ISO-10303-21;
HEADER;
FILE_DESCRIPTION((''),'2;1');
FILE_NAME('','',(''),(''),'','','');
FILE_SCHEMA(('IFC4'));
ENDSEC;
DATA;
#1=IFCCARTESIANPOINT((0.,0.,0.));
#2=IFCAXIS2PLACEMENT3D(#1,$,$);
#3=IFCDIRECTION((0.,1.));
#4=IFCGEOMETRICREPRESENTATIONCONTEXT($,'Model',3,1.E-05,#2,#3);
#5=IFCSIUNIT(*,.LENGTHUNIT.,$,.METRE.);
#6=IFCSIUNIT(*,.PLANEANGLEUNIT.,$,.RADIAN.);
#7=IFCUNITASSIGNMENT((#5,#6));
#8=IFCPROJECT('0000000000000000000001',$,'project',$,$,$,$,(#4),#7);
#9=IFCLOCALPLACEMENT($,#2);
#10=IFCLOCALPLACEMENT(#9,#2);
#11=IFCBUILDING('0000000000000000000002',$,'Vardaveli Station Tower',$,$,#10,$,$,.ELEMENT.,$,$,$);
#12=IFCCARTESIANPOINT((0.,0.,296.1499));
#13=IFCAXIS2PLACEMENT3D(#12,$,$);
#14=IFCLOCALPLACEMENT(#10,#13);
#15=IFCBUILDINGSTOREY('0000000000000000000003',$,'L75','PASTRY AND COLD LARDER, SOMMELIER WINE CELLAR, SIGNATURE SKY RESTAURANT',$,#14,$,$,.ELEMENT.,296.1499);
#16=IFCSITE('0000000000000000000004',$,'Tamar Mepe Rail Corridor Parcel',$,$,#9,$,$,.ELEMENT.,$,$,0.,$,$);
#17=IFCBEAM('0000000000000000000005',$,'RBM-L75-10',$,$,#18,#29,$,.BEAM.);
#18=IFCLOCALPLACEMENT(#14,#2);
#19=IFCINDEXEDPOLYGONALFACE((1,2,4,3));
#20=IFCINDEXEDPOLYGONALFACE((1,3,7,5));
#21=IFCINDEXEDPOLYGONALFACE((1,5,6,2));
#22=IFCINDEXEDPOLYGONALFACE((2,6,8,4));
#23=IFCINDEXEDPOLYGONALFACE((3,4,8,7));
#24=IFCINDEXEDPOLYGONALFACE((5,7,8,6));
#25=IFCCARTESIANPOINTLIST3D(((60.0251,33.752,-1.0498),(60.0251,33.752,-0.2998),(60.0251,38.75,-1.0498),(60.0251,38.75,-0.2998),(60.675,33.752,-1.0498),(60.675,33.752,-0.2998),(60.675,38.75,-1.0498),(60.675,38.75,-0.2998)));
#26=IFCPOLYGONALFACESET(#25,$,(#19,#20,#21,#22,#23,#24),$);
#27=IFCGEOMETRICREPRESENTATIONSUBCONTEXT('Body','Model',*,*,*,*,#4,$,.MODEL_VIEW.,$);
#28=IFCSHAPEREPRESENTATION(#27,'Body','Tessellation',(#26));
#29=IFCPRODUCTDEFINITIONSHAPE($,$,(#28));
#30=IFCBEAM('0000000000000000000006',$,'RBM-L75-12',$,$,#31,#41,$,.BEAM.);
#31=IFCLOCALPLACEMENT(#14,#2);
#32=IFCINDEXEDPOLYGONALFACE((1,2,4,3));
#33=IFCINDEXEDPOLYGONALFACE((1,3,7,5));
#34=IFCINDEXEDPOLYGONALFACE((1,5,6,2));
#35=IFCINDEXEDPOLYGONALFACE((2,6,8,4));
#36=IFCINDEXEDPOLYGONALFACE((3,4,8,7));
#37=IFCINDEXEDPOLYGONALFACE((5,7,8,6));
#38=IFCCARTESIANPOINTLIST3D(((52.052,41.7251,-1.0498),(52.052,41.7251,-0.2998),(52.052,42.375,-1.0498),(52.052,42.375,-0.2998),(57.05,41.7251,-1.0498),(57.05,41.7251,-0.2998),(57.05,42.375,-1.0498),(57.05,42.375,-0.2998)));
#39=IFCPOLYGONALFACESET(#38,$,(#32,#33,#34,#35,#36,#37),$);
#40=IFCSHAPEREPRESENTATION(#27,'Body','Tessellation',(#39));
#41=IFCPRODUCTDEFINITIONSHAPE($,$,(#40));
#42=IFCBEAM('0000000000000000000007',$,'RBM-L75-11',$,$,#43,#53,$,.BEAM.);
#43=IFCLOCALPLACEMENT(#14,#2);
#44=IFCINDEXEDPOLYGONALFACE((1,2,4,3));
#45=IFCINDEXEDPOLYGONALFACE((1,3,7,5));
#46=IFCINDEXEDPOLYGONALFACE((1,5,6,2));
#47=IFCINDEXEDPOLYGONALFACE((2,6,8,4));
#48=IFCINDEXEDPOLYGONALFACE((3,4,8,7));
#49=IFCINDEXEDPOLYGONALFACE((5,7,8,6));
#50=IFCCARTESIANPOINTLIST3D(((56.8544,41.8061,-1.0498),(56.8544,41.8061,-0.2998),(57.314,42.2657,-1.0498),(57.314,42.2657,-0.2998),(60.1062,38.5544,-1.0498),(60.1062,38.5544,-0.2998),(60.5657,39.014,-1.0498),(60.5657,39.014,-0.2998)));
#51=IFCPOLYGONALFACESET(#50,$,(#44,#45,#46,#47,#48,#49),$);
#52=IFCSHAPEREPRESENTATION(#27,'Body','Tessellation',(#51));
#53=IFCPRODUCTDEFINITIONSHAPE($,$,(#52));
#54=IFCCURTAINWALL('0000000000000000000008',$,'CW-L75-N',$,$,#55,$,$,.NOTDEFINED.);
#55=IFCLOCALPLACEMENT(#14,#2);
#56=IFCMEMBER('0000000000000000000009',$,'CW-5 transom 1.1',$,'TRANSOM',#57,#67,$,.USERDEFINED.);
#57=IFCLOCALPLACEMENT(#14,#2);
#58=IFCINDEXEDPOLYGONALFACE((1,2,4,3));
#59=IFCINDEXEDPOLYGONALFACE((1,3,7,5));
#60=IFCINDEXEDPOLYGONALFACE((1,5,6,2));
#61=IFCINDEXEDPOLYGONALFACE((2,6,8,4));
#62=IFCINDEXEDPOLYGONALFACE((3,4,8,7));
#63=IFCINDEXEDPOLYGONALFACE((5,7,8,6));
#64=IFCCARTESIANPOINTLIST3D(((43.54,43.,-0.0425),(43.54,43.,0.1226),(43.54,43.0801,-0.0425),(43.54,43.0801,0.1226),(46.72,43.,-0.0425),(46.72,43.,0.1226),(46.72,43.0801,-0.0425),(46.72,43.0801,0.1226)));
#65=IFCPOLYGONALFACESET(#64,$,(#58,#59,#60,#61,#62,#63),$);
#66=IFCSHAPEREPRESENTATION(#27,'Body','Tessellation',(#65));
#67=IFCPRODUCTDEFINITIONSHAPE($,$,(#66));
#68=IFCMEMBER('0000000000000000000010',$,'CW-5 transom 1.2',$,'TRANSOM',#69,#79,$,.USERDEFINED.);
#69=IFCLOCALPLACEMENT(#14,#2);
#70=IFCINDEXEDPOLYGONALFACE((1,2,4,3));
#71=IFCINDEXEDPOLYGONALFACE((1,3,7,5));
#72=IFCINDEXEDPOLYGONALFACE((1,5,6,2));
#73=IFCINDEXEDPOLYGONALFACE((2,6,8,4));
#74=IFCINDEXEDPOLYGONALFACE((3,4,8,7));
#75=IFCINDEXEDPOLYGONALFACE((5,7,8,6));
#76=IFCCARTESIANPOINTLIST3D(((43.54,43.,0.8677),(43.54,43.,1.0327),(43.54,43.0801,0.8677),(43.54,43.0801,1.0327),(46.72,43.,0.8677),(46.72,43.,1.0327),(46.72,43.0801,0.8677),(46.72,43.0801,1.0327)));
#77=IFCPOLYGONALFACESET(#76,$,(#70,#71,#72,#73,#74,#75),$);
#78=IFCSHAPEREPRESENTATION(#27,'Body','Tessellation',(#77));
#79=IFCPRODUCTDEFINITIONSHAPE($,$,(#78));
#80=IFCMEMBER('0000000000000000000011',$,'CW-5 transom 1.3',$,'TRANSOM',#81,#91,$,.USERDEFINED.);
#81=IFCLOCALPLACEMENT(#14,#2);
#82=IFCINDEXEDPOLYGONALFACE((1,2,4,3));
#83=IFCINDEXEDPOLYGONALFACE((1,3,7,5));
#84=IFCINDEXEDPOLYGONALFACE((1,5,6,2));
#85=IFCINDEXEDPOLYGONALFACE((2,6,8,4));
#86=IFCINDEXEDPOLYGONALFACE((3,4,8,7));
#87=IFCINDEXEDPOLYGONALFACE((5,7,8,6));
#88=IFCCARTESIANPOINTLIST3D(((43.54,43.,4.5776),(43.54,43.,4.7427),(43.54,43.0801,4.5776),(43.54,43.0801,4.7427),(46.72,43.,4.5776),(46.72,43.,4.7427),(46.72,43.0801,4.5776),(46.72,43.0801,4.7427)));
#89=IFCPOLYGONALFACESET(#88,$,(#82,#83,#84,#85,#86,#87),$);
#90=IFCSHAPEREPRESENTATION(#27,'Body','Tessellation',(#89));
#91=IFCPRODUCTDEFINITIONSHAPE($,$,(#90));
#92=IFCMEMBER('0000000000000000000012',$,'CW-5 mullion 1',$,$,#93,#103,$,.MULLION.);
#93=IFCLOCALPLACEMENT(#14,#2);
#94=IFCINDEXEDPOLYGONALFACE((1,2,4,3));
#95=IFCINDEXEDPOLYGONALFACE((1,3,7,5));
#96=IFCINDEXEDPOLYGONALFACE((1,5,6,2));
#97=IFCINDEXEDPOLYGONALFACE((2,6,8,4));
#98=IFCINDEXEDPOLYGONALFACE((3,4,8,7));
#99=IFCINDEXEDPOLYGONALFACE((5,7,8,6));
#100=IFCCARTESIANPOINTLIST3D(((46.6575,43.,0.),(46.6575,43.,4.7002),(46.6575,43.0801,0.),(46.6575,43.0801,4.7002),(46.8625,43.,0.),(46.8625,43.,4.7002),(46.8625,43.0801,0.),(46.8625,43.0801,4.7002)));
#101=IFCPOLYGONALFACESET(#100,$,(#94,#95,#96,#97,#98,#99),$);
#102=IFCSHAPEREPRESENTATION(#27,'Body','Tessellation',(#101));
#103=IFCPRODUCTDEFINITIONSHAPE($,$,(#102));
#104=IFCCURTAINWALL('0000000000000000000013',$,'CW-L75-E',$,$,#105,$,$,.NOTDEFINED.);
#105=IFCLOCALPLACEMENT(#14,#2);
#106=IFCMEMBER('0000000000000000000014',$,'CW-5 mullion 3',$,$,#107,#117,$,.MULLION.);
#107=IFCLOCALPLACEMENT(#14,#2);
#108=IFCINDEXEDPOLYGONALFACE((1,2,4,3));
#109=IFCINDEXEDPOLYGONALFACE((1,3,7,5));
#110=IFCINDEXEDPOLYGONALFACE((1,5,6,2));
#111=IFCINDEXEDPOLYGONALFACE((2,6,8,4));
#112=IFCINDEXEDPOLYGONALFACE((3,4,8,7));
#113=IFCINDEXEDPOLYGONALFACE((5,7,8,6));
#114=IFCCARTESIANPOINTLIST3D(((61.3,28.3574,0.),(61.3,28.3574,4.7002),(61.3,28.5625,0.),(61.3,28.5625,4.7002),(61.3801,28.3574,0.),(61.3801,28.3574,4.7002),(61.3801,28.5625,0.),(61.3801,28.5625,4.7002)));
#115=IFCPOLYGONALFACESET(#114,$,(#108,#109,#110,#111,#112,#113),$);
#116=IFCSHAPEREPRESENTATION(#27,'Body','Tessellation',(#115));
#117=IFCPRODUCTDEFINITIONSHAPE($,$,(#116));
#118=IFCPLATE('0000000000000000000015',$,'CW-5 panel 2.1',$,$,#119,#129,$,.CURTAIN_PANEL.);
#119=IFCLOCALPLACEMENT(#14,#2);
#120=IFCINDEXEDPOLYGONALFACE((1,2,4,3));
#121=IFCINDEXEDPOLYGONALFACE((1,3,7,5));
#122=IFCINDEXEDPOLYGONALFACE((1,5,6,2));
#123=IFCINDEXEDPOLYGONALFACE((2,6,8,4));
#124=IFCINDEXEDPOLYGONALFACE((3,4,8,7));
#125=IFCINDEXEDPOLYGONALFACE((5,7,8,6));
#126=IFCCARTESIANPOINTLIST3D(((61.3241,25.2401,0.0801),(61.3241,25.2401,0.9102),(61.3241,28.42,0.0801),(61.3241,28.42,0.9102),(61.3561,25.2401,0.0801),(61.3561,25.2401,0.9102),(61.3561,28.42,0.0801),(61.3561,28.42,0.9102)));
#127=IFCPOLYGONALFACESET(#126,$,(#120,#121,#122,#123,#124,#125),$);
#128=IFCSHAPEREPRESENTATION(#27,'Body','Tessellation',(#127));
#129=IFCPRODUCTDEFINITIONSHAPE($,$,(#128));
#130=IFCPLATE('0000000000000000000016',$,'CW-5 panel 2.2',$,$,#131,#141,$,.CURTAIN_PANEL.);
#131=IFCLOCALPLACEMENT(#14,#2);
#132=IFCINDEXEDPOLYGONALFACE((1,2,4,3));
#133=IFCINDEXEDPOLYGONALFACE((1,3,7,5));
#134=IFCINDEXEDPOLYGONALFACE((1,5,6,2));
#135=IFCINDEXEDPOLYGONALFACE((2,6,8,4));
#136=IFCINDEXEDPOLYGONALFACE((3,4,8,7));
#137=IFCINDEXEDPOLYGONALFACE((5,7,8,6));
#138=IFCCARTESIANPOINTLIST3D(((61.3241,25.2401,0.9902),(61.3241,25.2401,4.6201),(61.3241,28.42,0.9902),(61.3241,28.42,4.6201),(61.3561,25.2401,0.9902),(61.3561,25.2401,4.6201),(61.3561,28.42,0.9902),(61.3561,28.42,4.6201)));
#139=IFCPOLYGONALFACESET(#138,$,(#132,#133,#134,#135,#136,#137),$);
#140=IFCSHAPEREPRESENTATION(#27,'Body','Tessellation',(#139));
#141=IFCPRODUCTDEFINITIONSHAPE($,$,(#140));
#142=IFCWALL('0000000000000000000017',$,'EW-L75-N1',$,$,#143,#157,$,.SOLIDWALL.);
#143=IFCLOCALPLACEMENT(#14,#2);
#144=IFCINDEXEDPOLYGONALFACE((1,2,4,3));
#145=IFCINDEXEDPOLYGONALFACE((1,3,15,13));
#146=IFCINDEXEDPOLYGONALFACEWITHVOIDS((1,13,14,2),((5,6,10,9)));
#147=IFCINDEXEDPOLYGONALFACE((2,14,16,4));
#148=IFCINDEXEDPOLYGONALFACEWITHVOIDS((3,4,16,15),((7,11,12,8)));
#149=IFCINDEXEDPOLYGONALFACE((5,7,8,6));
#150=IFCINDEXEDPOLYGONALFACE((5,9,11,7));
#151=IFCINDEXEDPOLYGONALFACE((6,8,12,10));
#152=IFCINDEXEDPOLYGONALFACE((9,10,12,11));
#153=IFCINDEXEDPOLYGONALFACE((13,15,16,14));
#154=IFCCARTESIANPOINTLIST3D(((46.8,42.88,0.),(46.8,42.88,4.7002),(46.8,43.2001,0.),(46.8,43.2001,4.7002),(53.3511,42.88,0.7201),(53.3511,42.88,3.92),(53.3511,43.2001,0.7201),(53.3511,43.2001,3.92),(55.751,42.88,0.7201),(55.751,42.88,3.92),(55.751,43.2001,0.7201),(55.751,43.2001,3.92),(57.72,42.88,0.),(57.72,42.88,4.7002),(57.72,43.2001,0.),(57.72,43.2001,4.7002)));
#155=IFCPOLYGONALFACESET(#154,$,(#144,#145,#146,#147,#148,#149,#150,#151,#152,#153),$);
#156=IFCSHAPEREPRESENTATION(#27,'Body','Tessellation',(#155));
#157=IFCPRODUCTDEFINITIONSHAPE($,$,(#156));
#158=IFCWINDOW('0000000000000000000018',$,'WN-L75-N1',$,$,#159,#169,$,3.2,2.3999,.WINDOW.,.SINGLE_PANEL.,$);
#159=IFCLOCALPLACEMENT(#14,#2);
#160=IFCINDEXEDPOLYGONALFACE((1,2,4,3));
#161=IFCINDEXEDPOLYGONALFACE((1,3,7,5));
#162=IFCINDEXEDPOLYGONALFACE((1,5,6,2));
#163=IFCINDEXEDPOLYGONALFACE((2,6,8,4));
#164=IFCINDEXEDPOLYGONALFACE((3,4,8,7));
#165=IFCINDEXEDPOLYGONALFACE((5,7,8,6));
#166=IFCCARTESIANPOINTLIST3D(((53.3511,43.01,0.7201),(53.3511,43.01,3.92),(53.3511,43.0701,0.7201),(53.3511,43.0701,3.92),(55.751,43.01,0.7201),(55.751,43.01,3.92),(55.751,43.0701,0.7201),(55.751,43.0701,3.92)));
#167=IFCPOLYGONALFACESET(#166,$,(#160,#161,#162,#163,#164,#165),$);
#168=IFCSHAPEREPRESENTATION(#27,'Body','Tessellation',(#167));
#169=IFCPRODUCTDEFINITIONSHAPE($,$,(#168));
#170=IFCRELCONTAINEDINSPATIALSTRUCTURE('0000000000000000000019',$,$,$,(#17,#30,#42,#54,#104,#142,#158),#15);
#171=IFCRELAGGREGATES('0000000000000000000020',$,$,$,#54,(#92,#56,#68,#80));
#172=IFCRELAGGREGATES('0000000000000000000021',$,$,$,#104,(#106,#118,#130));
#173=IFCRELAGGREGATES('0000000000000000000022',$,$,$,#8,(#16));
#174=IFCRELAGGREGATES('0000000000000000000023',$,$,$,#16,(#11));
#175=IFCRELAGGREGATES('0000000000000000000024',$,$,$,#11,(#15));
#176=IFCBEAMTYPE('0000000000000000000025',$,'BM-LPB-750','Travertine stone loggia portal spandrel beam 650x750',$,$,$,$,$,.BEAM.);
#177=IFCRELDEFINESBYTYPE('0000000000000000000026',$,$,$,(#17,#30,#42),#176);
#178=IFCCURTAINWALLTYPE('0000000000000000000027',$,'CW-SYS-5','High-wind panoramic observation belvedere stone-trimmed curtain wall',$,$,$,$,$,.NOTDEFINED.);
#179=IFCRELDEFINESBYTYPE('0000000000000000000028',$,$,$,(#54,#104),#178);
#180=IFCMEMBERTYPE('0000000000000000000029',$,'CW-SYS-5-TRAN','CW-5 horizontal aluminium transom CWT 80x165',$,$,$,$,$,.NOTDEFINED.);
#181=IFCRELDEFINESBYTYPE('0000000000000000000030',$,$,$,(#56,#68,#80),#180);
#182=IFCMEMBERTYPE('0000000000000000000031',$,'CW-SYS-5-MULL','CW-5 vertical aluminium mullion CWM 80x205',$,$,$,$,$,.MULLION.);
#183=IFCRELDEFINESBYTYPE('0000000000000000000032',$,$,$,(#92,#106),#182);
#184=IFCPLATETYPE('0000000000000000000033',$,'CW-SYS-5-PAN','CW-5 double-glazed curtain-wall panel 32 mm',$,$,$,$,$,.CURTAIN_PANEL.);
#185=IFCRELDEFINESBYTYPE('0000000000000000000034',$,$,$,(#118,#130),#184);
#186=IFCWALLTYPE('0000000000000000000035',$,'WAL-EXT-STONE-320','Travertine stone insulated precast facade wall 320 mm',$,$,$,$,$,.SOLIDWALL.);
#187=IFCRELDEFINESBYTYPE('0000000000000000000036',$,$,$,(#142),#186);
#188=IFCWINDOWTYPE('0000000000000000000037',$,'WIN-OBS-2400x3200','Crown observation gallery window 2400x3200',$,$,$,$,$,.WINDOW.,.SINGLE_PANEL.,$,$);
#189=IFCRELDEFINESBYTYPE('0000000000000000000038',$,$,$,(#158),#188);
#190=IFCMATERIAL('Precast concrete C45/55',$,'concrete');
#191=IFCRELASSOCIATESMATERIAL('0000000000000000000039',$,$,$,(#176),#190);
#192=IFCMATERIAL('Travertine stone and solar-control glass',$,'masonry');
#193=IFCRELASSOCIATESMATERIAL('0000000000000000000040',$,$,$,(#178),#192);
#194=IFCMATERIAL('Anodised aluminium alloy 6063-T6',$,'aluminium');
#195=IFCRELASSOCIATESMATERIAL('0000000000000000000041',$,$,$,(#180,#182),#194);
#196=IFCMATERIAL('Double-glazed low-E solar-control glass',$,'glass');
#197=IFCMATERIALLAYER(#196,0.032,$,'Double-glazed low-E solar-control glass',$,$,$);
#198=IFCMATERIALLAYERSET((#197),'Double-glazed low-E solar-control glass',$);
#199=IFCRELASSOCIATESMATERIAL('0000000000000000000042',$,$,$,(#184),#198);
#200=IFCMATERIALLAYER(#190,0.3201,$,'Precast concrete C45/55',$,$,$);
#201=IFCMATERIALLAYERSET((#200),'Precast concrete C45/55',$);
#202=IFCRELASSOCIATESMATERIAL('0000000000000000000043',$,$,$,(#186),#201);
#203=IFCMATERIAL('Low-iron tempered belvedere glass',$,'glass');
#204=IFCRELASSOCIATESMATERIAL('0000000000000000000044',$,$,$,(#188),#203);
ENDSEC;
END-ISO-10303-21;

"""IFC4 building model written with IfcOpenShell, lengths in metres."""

from ifc_helpers import new_model, si_unit, direction, frame, frame_2d, origin, origin_2d, place, context, subcontext, project, spatial, rectangle, extrude, source, transform, mapped, material, layer, layer_set, material_profile, profile_set, type_object, element, fill, aggregate, save


model = new_model("IFC4")

# Units and contexts
model_context = context("Model", 3, precision=1e-05, world=origin(), true_north=direction((0.0, 1.0)))
body_context = subcontext(model_context, "Body", "Model", "MODEL_VIEW")
ifc_project = project(units=[si_unit("LENGTHUNIT", "METRE"), si_unit("PLANEANGLEUNIT", "RADIAN")], contexts=[model_context])

# Site, building, storey
site_placement = place(None, origin())
site = spatial("IfcSite", under=ifc_project, at=site_placement, Name="Tamar Mepe Rail Corridor Parcel", CompositionType="ELEMENT", RefElevation=0.0)
building_placement = place(site_placement, origin())
building = spatial("IfcBuilding", under=site, at=building_placement, Name="Vardaveli Station Tower", CompositionType="ELEMENT")
storey_placement = place(building_placement, frame((0.0, 0.0, 296.1499)))
storey = spatial("IfcBuildingStorey", under=building, at=storey_placement, Name="L75", Description="PASTRY AND COLD LARDER, SOMMELIER WINE CELLAR, SIGNATURE SKY RESTAURANT", CompositionType="ELEMENT", Elevation=296.1499)

# Beams
ifc_material_1 = material(Name="Precast concrete C45/55", Category="concrete")
ifc_material_profile_1 = material_profile(ifc_material_1, rectangle(XDim=0.6499, YDim=0.75, at=origin_2d()), Name="LPB 650x750")
ifc_profile_set_1 = profile_set([ifc_material_profile_1], Name="Precast concrete C45/55")
beam_type = type_object("IfcBeamType", Name="BM-LPB-750", Description="Travertine stone loggia portal spandrel beam 650x750", PredefinedType="BEAM", material=ifc_profile_set_1)
shared_shape_1 = source(origin(), body_context, "Body", "SweptSolid", [
    extrude(rectangle(XDim=0.6499, YDim=0.75, at=origin_2d()), origin(), (0.0, 0.0, 1.0), 4.998),
])
for number, where, z_axis, x_axis, name in (
    (1, (60.3501, 33.752, -0.6748), (0.0, 1.0, 0.0), (-1.0, 0.0, 0.0), "RBM-L75-10"),
    (2, (57.05, 42.05, -0.6748), (-1.0, 0.0, 0.0), (0.0, -1.0, 0.0), "RBM-L75-12"),
):
    element("IfcBeam", number, at=place(storey_placement, frame(where, z_axis=z_axis, x_axis=x_axis)), inside=storey, type_object=beam_type, Name=name, PredefinedType="BEAM", context=body_context, shape_type="MappedRepresentation", body=[
        mapped(shared_shape_1, transform((0.0, 0.0, 0.0), scale=1.0)),
    ])
shared_shape_2 = source(origin(), body_context, "Body", "SweptSolid", [
    extrude(rectangle(XDim=0.6499, YDim=0.75, at=origin_2d()), origin(), (0.0, 0.0, 1.0), 4.5986),
])
beam_1_placement = place(storey_placement, frame((60.3359, 38.7842, -0.6748), z_axis=(-0.707107, 0.707107, 0.0), x_axis=(-0.707107, -0.707107, 0.0)))
element("IfcBeam", 3, at=beam_1_placement, inside=storey, type_object=beam_type, Name="RBM-L75-11", PredefinedType="BEAM", context=body_context, shape_type="MappedRepresentation", body=[
    mapped(shared_shape_2, transform((0.0, 0.0, 0.0), scale=1.0)),
])

# Curtain wall, members
ifc_material_2 = material(Name="Travertine stone and solar-control glass", Category="masonry")
curtain_wall_type = type_object("IfcCurtainWallType", Name="CW-SYS-5", Description="High-wind panoramic observation belvedere stone-trimmed curtain wall", PredefinedType="NOTDEFINED", material=ifc_material_2)
curtain_wall_1_placement = place(storey_placement, origin())
curtain_wall_1 = element("IfcCurtainWall", 4, at=curtain_wall_1_placement, inside=storey, type_object=curtain_wall_type, Name="CW-L75-N", PredefinedType="NOTDEFINED")
ifc_material_3 = material(Name="Anodised aluminium alloy 6063-T6", Category="aluminium")
ifc_material_profile_2 = material_profile(ifc_material_3, rectangle(XDim=0.0801, YDim=0.165, at=origin_2d()), Name="CWT 80x165")
ifc_profile_set_2 = profile_set([ifc_material_profile_2], Name="Anodised aluminium alloy 6063-T6")
member_type_1 = type_object("IfcMemberType", Name="CW-SYS-5-TRAN", Description="CW-5 horizontal aluminium transom CWT 80x165", PredefinedType="NOTDEFINED", material=ifc_profile_set_2)
shared_shape_3 = source(origin(), body_context, "Body", "SweptSolid", [
    extrude(rectangle(XDim=0.0801, YDim=0.165, at=origin_2d()), origin(), (0.0, 0.0, 1.0), 3.1799),
])
member_1_placement = place(storey_placement, frame((46.72, 43.04, 0.04), z_axis=(-1.0, 0.0, 0.0), x_axis=(0.0, -1.0, 0.0)))
member_1 = element("IfcMember", 5, at=member_1_placement, type_object=member_type_1, Name="CW-5 transom 1.1", ObjectType="TRANSOM", PredefinedType="USERDEFINED", context=body_context, shape_type="MappedRepresentation", body=[
    mapped(shared_shape_3, transform((0.0, 0.0, 0.0), scale=1.0)),
])
member_2_placement = place(storey_placement, frame((46.72, 43.04, 0.9502), z_axis=(-1.0, 0.0, 0.0), x_axis=(0.0, -1.0, 0.0)))
member_2 = element("IfcMember", 6, at=member_2_placement, type_object=member_type_1, Name="CW-5 transom 1.2", ObjectType="TRANSOM", PredefinedType="USERDEFINED", context=body_context, shape_type="MappedRepresentation", body=[
    mapped(shared_shape_3, transform((0.0, 0.0, 0.0), scale=1.0)),
])
member_3_placement = place(storey_placement, frame((46.72, 43.04, 4.6602), z_axis=(-1.0, 0.0, 0.0), x_axis=(0.0, -1.0, 0.0)))
member_3 = element("IfcMember", 7, at=member_3_placement, type_object=member_type_1, Name="CW-5 transom 1.3", ObjectType="TRANSOM", PredefinedType="USERDEFINED", context=body_context, shape_type="MappedRepresentation", body=[
    mapped(shared_shape_3, transform((0.0, 0.0, 0.0), scale=1.0)),
])
ifc_material_profile_3 = material_profile(ifc_material_3, rectangle(XDim=0.0801, YDim=0.2051, at=origin_2d()), Name="CWM 80x205")
ifc_profile_set_3 = profile_set([ifc_material_profile_3], Name="Anodised aluminium alloy 6063-T6")
member_type_2 = type_object("IfcMemberType", Name="CW-SYS-5-MULL", Description="CW-5 vertical aluminium mullion CWM 80x205", PredefinedType="MULLION", material=ifc_profile_set_3)
shared_shape_4 = source(origin(), body_context, "Body", "SweptSolid", [
    extrude(rectangle(XDim=0.0801, YDim=0.2051, at=origin_2d()), origin(), (0.0, 0.0, 1.0), 4.7002),
])
member_4_placement = place(storey_placement, frame((46.76, 43.04, 0.0), z_axis=(0.0, 0.0, 1.0), x_axis=(0.0, -1.0, 0.0)))
member_4 = element("IfcMember", 8, at=member_4_placement, type_object=member_type_2, Name="CW-5 mullion 1", PredefinedType="MULLION", context=body_context, shape_type="MappedRepresentation", body=[
    mapped(shared_shape_4, transform((0.0, 0.0, 0.0), scale=1.0)),
])
aggregate(curtain_wall_1, [member_4, member_1, member_2, member_3])

# Curtain wall, member, plates
curtain_wall_2_placement = place(storey_placement, origin())
curtain_wall_2 = element("IfcCurtainWall", 9, at=curtain_wall_2_placement, inside=storey, type_object=curtain_wall_type, Name="CW-L75-E", PredefinedType="NOTDEFINED")
member_5_placement = place(storey_placement, frame((61.3401, 28.46, 0.0), z_axis=(0.0, 0.0, 1.0), x_axis=(-1.0, 0.0, 0.0)))
member_5 = element("IfcMember", 10, at=member_5_placement, type_object=member_type_2, Name="CW-5 mullion 3", PredefinedType="MULLION", context=body_context, shape_type="MappedRepresentation", body=[
    mapped(shared_shape_4, transform((0.0, 0.0, 0.0), scale=1.0)),
])
ifc_material_4 = material(Name="Double-glazed low-E solar-control glass", Category="glass")
ifc_layer_1 = layer(ifc_material_4, 0.032, Name="Double-glazed low-E solar-control glass")
ifc_layer_set_1 = layer_set([ifc_layer_1], Name="Double-glazed low-E solar-control glass")
plate_type = type_object("IfcPlateType", Name="CW-SYS-5-PAN", Description="CW-5 double-glazed curtain-wall panel 32 mm", PredefinedType="CURTAIN_PANEL", material=ifc_layer_set_1)
shared_shape_5 = source(origin(), body_context, "Body", "SweptSolid", [
    extrude(rectangle(XDim=3.1799, YDim=0.032, at=origin_2d()), origin(), (0.0, 0.0, 1.0), 0.8301),
])
plate_1_placement = place(storey_placement, frame((61.3401, 26.8301, 0.0801), z_axis=(0.0, 0.0, 1.0), x_axis=(0.0, 1.0, 0.0)))
plate_1 = element("IfcPlate", 11, at=plate_1_placement, type_object=plate_type, Name="CW-5 panel 2.1", PredefinedType="CURTAIN_PANEL", context=body_context, shape_type="MappedRepresentation", body=[
    mapped(shared_shape_5, transform((0.0, 0.0, 0.0), scale=1.0)),
])
shared_shape_6 = source(origin(), body_context, "Body", "SweptSolid", [
    extrude(rectangle(XDim=3.1799, YDim=0.032, at=origin_2d()), origin(), (0.0, 0.0, 1.0), 3.6299),
])
plate_2_placement = place(storey_placement, frame((61.3401, 26.8301, 0.9902), z_axis=(0.0, 0.0, 1.0), x_axis=(0.0, 1.0, 0.0)))
plate_2 = element("IfcPlate", 12, at=plate_2_placement, type_object=plate_type, Name="CW-5 panel 2.2", PredefinedType="CURTAIN_PANEL", context=body_context, shape_type="MappedRepresentation", body=[
    mapped(shared_shape_6, transform((0.0, 0.0, 0.0), scale=1.0)),
])
aggregate(curtain_wall_2, [member_5, plate_1, plate_2])

# Wall, opening, window
ifc_layer_2 = layer(ifc_material_1, 0.3201, Name="Precast concrete C45/55")
ifc_layer_set_2 = layer_set([ifc_layer_2], Name="Precast concrete C45/55")
wall_type_1 = type_object("IfcWallType", Name="WAL-EXT-STONE-320", Description="Travertine stone insulated precast facade wall 320 mm", PredefinedType="SOLIDWALL", material=ifc_layer_set_2)
shared_shape_7 = source(origin(), body_context, "Body", "SweptSolid", [
    extrude(rectangle(XDim=10.9199, YDim=0.3201, at=frame_2d((5.46, 0.0))), origin(), (0.0, 0.0, 1.0), 4.7002),
])
wall_1_placement = place(storey_placement, frame((57.72, 43.04, 0.0), z_axis=(0.0, 0.0, 1.0), x_axis=(-1.0, 0.0, 0.0)))
wall_1 = element("IfcWall", 13, at=wall_1_placement, inside=storey, type_object=wall_type_1, Name="EW-L75-N1", PredefinedType="SOLIDWALL", context=body_context, shape_type="MappedRepresentation", body=[
    mapped(shared_shape_7, transform((0.0, 0.0, 0.0), scale=1.0)),
])
shared_shape_8 = source(origin(), body_context, "Body", "SweptSolid", [
    extrude(rectangle(XDim=2.3999, YDim=3.2, at=frame_2d((1.2, 1.6001))), frame((0.0, 0.1699, 0.0), z_axis=(0.0, -1.0, 0.0), x_axis=(1.0, 0.0, 0.0)), (0.0, 0.0, 1.0), 0.3401),
])
opening_1_placement = place(wall_1_placement, frame((1.969, 0.0, 0.72)))
opening_1 = element("IfcOpeningElement", 14, at=opening_1_placement, cuts=wall_1, PredefinedType="OPENING", context=body_context, shape_type="MappedRepresentation", body=[
    mapped(shared_shape_8, transform((0.0, 0.0, 0.0), scale=1.0)),
])
ifc_material_5 = material(Name="Low-iron tempered belvedere glass", Category="glass")
window_type = type_object("IfcWindowType", Name="WIN-OBS-2400x3200", Description="Crown observation gallery window 2400x3200", PartitioningType="SINGLE_PANEL", PredefinedType="WINDOW", material=ifc_material_5)
shared_shape_9 = source(origin(), body_context, "Body", "SweptSolid", [
    extrude(rectangle(XDim=2.3999, YDim=3.2, at=frame_2d((1.2, 1.6001))), frame((0.0, 0.03, 0.0), z_axis=(0.0, -1.0, 0.0), x_axis=(1.0, 0.0, 0.0)), (0.0, 0.0, 1.0), 0.0601),
])
window_1_placement = place(opening_1_placement, origin())
window_1 = element("IfcWindow", 15, at=window_1_placement, inside=storey, type_object=window_type, Name="WN-L75-N1", OverallHeight=3.2, OverallWidth=2.3999, PartitioningType="SINGLE_PANEL", PredefinedType="WINDOW", context=body_context, shape_type="MappedRepresentation", body=[
    mapped(shared_shape_9, transform((0.0, 0.0, 0.0), scale=1.0)),
])
fill(opening_1, window_1)

save(model, "model.ifc")
